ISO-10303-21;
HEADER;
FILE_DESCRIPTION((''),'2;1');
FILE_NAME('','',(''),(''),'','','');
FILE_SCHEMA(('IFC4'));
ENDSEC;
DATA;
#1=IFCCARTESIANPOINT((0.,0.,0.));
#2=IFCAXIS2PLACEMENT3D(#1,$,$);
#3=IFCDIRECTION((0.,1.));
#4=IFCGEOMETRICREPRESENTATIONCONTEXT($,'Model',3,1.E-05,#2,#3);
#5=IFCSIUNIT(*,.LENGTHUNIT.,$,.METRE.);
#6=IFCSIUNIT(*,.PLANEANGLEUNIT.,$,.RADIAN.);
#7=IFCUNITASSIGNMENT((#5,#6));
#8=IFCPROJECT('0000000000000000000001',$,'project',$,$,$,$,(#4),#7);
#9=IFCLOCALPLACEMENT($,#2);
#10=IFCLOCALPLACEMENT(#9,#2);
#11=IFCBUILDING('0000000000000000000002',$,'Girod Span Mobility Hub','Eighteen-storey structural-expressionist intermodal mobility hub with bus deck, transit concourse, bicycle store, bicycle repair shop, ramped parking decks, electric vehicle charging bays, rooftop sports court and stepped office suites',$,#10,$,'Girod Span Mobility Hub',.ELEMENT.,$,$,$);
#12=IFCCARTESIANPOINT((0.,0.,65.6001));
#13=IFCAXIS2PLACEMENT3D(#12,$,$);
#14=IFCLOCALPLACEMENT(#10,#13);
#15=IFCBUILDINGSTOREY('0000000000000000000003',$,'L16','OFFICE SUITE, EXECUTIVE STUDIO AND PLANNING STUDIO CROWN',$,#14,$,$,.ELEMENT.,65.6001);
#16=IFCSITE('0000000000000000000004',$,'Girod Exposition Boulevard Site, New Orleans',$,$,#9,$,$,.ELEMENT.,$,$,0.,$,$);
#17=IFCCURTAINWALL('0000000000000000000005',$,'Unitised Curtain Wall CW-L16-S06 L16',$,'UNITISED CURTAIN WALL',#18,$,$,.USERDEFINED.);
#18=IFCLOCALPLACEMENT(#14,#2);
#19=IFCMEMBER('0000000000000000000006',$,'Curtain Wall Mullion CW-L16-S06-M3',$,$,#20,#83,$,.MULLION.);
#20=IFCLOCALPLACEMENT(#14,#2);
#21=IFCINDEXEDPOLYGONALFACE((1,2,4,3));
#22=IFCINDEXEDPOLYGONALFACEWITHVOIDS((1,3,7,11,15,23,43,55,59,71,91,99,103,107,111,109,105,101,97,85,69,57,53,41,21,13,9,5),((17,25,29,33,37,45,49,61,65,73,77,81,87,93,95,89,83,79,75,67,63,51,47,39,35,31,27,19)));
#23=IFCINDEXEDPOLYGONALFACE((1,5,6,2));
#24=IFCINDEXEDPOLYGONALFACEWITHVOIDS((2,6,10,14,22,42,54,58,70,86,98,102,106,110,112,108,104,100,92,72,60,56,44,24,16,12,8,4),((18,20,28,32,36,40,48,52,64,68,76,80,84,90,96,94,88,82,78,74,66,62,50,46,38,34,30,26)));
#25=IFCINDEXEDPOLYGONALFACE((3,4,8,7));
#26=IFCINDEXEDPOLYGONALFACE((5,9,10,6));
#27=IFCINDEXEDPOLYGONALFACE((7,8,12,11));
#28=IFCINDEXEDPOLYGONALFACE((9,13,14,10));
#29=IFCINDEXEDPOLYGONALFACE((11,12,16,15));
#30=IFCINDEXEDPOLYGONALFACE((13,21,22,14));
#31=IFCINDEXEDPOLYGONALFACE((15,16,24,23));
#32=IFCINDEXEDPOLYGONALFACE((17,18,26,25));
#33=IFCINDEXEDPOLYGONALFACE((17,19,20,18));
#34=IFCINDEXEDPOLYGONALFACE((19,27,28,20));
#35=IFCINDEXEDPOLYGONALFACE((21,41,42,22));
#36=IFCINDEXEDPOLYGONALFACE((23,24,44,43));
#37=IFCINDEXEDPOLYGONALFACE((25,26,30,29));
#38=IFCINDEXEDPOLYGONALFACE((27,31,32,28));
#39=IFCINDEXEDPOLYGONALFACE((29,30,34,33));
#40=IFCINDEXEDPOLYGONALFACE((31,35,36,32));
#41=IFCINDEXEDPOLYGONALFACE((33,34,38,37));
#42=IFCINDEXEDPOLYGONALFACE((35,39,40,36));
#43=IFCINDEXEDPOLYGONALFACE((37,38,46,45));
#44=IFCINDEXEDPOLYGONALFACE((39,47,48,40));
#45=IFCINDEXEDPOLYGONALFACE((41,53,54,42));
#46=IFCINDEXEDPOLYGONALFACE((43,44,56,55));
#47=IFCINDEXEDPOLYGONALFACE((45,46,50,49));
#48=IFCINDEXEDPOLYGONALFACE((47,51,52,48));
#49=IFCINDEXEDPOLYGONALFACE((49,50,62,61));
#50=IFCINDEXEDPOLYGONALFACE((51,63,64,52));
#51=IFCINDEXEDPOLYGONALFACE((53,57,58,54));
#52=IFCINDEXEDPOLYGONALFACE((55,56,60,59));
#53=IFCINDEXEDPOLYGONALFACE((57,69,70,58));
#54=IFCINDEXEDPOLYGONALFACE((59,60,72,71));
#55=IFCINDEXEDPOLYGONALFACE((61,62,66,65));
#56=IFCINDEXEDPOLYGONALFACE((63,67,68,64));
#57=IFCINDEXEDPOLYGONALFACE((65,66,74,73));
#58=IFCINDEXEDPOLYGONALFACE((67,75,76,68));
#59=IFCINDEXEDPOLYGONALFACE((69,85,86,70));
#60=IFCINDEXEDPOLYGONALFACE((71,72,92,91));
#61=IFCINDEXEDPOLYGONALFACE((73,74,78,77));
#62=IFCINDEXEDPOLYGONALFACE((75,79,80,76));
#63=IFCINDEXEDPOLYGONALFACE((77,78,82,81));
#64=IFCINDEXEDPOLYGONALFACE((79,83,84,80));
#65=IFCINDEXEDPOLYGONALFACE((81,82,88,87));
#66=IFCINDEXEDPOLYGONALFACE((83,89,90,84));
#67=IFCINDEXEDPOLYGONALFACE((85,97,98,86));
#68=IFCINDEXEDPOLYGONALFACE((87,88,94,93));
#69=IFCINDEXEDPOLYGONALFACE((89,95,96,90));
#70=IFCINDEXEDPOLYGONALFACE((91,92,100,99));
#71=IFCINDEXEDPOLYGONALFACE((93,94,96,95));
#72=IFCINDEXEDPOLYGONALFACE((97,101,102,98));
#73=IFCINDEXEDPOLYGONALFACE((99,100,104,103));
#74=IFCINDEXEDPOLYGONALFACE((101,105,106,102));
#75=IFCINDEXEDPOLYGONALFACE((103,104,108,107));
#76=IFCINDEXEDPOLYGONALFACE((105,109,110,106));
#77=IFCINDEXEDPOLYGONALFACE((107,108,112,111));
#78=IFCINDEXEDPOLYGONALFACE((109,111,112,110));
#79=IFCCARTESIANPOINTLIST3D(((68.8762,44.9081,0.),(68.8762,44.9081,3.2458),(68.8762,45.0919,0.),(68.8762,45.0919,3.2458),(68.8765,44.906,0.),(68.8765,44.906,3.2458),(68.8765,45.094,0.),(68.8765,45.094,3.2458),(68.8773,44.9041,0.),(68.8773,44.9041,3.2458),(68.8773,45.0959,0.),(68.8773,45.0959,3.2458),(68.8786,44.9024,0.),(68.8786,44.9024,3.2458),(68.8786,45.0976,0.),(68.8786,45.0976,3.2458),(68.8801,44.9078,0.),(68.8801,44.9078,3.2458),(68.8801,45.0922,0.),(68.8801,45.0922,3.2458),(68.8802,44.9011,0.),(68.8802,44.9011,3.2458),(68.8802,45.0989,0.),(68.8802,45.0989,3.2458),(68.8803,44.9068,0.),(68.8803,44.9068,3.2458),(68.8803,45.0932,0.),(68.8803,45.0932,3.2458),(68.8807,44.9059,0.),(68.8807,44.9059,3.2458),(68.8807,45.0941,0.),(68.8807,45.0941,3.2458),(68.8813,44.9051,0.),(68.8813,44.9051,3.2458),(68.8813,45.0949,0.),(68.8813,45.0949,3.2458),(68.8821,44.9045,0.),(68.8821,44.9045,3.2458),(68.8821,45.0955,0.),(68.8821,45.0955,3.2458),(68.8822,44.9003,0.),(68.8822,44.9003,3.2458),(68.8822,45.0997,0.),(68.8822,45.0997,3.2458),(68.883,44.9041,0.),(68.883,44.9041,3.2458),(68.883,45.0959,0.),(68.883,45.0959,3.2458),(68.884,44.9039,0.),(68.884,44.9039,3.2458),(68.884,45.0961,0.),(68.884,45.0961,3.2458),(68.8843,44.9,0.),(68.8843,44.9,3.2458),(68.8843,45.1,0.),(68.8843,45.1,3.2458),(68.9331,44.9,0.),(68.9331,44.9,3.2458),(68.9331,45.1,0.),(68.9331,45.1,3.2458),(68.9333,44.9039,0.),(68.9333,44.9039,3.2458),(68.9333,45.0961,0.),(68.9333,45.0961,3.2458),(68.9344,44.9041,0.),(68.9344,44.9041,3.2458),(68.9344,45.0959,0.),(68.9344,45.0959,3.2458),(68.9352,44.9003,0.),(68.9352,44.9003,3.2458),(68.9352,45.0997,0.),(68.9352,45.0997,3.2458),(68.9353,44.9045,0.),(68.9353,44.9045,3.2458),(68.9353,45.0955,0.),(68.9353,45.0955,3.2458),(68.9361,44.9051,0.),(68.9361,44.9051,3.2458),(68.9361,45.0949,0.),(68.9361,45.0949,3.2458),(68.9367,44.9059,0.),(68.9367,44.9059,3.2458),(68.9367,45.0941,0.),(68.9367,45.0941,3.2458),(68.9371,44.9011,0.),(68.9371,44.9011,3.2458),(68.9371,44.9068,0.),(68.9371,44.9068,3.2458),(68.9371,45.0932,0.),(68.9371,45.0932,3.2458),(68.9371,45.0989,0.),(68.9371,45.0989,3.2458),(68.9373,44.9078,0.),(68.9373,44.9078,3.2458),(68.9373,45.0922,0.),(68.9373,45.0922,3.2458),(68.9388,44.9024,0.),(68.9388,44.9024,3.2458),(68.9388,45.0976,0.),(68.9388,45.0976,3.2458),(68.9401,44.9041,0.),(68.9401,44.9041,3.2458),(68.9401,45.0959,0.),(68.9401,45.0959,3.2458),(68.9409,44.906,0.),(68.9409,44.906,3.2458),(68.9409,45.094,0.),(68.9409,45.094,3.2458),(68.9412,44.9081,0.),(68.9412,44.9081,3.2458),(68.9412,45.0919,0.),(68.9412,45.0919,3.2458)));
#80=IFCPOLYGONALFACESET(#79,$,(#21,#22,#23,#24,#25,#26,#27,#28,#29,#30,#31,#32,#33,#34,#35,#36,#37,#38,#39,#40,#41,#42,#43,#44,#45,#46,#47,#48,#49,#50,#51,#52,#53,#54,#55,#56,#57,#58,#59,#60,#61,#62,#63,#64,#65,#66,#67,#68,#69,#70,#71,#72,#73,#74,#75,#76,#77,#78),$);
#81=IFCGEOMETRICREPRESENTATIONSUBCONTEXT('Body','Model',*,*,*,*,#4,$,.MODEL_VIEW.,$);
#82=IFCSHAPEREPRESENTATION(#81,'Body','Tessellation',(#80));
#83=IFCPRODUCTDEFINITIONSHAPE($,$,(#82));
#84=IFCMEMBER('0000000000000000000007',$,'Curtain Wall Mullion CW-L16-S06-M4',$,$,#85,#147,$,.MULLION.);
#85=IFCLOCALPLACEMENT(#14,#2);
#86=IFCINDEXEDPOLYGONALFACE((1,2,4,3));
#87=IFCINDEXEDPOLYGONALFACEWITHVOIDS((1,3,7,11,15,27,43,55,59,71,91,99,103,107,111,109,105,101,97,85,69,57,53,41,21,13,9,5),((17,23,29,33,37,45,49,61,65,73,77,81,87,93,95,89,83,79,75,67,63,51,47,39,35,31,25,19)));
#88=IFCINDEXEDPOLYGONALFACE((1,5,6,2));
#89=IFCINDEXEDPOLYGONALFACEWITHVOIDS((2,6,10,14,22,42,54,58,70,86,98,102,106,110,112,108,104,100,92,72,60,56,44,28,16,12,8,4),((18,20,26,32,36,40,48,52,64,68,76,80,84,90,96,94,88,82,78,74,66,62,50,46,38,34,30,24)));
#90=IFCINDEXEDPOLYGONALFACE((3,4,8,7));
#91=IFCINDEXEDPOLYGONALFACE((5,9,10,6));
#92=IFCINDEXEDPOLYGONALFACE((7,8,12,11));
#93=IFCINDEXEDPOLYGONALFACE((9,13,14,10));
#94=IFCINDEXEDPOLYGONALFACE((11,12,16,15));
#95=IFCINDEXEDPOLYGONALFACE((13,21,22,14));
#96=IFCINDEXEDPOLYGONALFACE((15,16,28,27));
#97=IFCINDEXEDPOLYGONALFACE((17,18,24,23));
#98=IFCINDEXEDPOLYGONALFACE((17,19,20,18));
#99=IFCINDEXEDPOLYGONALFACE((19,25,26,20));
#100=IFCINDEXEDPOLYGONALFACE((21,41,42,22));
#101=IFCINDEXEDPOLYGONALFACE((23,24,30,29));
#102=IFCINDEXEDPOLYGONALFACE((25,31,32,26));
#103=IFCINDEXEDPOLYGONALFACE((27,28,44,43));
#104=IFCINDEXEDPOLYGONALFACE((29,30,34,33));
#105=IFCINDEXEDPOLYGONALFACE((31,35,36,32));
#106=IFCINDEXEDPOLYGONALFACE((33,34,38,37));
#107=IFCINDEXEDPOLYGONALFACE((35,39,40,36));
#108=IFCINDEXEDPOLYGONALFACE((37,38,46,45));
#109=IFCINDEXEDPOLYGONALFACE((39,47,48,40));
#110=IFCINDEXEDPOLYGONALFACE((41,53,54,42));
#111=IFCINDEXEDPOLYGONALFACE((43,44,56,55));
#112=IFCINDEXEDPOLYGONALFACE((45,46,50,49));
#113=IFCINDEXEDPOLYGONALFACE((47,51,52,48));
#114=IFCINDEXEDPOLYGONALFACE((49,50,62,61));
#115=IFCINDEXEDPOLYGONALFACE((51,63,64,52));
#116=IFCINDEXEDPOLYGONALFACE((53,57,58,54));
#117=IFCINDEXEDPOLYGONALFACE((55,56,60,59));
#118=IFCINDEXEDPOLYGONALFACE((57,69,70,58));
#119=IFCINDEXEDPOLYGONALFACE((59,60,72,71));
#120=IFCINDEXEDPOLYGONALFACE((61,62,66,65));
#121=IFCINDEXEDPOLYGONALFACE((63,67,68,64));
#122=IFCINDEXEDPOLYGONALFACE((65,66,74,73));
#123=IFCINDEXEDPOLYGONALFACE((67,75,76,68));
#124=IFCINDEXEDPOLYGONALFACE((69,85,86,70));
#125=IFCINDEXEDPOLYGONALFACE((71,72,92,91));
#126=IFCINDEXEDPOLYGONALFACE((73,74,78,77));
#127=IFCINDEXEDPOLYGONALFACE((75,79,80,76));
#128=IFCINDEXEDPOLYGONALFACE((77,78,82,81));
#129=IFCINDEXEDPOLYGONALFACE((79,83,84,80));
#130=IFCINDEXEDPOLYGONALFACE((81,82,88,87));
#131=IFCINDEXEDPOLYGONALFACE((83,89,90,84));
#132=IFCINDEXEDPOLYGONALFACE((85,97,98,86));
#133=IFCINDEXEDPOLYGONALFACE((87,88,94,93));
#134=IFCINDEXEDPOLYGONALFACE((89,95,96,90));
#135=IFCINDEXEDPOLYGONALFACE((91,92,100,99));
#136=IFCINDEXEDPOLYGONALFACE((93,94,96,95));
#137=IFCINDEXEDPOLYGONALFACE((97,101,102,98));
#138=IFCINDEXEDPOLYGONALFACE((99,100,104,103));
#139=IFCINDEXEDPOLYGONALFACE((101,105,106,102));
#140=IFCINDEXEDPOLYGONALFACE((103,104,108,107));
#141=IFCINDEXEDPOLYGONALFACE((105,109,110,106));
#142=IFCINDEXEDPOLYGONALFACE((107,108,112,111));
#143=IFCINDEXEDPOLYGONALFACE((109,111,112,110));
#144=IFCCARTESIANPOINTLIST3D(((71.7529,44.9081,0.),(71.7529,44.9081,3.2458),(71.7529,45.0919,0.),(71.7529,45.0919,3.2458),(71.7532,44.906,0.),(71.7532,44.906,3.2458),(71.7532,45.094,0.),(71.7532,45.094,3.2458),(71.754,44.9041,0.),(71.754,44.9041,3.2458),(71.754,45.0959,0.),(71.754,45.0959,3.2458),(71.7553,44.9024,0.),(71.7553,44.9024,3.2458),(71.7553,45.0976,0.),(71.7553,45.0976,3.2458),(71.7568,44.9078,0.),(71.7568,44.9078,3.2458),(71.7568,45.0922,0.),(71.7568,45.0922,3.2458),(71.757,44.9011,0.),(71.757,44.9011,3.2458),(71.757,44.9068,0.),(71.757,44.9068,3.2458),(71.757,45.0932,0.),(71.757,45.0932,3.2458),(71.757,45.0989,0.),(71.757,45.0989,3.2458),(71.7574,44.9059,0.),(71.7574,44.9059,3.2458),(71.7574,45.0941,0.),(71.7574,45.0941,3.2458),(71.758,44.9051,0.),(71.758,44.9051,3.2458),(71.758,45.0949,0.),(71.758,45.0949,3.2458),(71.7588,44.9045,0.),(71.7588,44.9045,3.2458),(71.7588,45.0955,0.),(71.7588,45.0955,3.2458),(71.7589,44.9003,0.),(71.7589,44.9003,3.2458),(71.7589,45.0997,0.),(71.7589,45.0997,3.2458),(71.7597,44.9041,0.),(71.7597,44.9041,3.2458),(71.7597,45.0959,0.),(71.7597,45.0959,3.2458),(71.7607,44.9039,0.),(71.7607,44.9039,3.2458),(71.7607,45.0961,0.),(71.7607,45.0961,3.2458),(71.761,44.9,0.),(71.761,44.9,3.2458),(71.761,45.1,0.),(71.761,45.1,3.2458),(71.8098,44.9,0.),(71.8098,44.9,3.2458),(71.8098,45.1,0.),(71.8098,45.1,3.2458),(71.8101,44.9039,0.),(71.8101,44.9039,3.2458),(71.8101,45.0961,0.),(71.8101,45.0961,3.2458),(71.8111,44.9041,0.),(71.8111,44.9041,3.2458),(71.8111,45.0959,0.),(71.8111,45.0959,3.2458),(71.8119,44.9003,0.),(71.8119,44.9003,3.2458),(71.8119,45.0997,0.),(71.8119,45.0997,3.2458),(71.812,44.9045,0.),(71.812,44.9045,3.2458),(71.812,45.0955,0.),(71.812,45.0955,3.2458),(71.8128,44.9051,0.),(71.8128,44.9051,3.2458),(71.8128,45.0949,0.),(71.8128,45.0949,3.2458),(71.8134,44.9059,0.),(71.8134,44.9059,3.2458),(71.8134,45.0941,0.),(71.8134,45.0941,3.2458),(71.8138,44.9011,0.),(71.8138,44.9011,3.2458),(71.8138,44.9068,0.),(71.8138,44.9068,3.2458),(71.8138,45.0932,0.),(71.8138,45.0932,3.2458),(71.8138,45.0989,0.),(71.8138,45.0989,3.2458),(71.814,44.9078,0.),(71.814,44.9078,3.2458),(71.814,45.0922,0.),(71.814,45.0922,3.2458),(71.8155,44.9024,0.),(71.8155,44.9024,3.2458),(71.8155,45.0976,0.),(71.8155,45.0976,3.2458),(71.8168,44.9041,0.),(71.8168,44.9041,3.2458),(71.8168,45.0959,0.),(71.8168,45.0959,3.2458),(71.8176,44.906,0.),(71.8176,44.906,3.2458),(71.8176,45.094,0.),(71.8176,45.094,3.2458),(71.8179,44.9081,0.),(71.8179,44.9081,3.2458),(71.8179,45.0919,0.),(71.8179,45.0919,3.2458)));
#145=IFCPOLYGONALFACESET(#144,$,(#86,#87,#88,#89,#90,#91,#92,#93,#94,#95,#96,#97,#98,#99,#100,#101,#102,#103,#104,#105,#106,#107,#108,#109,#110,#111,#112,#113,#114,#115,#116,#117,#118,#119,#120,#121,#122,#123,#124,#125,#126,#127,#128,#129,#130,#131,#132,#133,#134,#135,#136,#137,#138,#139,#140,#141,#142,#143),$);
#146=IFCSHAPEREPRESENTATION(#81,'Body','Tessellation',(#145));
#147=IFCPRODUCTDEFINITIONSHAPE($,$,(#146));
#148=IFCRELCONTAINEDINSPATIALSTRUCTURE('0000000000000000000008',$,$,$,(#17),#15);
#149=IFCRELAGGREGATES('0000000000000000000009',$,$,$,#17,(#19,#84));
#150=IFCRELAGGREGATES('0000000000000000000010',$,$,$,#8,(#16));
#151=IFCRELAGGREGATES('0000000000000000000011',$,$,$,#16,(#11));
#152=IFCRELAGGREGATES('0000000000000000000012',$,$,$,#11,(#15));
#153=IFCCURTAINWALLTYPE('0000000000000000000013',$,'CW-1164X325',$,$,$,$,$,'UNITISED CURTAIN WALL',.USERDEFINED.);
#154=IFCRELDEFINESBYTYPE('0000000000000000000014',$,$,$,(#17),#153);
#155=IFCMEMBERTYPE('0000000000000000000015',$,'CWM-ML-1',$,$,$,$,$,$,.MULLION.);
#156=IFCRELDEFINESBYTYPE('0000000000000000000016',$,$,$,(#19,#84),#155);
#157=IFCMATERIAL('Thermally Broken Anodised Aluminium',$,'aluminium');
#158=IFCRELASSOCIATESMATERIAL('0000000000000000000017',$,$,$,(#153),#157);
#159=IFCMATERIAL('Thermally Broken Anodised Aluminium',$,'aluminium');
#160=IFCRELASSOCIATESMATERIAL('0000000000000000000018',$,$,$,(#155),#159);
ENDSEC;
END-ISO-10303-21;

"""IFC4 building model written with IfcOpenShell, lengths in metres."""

from ifc_helpers import new_model, si_unit, direction, frame, origin, origin_2d, place, context, subcontext, project, spatial, hollow_rectangle, extrude, material, material_profile, profile_set, type_object, element, aggregate, save


model = new_model("IFC4")

# Units and contexts
model_context = context("Model", 3, precision=1e-05, world=origin(), true_north=direction((0.0, 1.0)))
body_context = subcontext(model_context, "Body", "Model", "MODEL_VIEW")
ifc_project = project(units=[si_unit("LENGTHUNIT", "METRE"), si_unit("PLANEANGLEUNIT", "RADIAN")], contexts=[model_context])

# Site, building, storey
site_placement = place(None, origin())
site = spatial("IfcSite", under=ifc_project, at=site_placement, Name="Girod Exposition Boulevard Site, New Orleans", CompositionType="ELEMENT", RefElevation=0.0)
building_placement = place(site_placement, origin())
building = spatial("IfcBuilding", under=site, at=building_placement, Name="Girod Span Mobility Hub", Description="Eighteen-storey structural-expressionist intermodal mobility hub with bus deck, transit concourse, bicycle store, bicycle repair shop, ramped parking decks, electric vehicle charging bays, rooftop sports court and stepped office suites", LongName="Girod Span Mobility Hub", CompositionType="ELEMENT")
storey_placement = place(building_placement, frame((0.0, 0.0, 65.6001)))
storey = spatial("IfcBuildingStorey", under=building, at=storey_placement, Name="L16", Description="OFFICE SUITE, EXECUTIVE STUDIO AND PLANNING STUDIO CROWN", CompositionType="ELEMENT", Elevation=65.6001)

# Curtain wall, members
ifc_material_1 = material(Name="Thermally Broken Anodised Aluminium", Category="aluminium")
curtain_wall_type = type_object("IfcCurtainWallType", Name="CW-1164X325", ElementType="UNITISED CURTAIN WALL", PredefinedType="USERDEFINED", material=ifc_material_1)
curtain_wall_1_placement = place(storey_placement, origin())
curtain_wall_1 = element("IfcCurtainWall", 1, at=curtain_wall_1_placement, inside=storey, type_object=curtain_wall_type, Name="Unitised Curtain Wall CW-L16-S06 L16", ObjectType="UNITISED CURTAIN WALL", PredefinedType="USERDEFINED")
ifc_material_2 = material(Name="Thermally Broken Anodised Aluminium", Category="aluminium")
ifc_material_profile_1 = material_profile(ifc_material_2, hollow_rectangle(XDim=0.2, YDim=0.0649, WallThickness=0.0039, InnerFilletRadius=0.0039, OuterFilletRadius=0.0081, at=origin_2d()), Name="CW-ML-65X200")
ifc_profile_set_1 = profile_set([ifc_material_profile_1], Name="Thermally Broken Anodised Aluminium")
member_type_1 = type_object("IfcMemberType", Name="CWM-ML-1", PredefinedType="MULLION", material=ifc_profile_set_1)
member_1_placement = place(storey_placement, frame((68.9087, 45.0, 0.0), z_axis=(0.0, 0.0, 1.0), x_axis=(0.0, 1.0, 0.0)))
member_1 = element("IfcMember", 2, at=member_1_placement, type_object=member_type_1, Name="Curtain Wall Mullion CW-L16-S06-M3", PredefinedType="MULLION", context=body_context, shape_type="SweptSolid", body=[
    extrude(hollow_rectangle(XDim=0.2, YDim=0.0649, WallThickness=0.0039, InnerFilletRadius=0.0039, OuterFilletRadius=0.0081, at=origin_2d()), origin(), (0.0, 0.0, 1.0), 3.2458),
])
member_2_placement = place(storey_placement, frame((71.7854, 45.0, 0.0), z_axis=(0.0, 0.0, 1.0), x_axis=(0.0, 1.0, 0.0)))
member_2 = element("IfcMember", 3, at=member_2_placement, type_object=member_type_1, Name="Curtain Wall Mullion CW-L16-S06-M4", PredefinedType="MULLION", context=body_context, shape_type="SweptSolid", body=[
    extrude(hollow_rectangle(XDim=0.2, YDim=0.0649, WallThickness=0.0039, InnerFilletRadius=0.0039, OuterFilletRadius=0.0081, at=origin_2d()), origin(), (0.0, 0.0, 1.0), 3.2458),
])

aggregate(curtain_wall_1, [member_1, member_2])

save(model, "model.ifc")
